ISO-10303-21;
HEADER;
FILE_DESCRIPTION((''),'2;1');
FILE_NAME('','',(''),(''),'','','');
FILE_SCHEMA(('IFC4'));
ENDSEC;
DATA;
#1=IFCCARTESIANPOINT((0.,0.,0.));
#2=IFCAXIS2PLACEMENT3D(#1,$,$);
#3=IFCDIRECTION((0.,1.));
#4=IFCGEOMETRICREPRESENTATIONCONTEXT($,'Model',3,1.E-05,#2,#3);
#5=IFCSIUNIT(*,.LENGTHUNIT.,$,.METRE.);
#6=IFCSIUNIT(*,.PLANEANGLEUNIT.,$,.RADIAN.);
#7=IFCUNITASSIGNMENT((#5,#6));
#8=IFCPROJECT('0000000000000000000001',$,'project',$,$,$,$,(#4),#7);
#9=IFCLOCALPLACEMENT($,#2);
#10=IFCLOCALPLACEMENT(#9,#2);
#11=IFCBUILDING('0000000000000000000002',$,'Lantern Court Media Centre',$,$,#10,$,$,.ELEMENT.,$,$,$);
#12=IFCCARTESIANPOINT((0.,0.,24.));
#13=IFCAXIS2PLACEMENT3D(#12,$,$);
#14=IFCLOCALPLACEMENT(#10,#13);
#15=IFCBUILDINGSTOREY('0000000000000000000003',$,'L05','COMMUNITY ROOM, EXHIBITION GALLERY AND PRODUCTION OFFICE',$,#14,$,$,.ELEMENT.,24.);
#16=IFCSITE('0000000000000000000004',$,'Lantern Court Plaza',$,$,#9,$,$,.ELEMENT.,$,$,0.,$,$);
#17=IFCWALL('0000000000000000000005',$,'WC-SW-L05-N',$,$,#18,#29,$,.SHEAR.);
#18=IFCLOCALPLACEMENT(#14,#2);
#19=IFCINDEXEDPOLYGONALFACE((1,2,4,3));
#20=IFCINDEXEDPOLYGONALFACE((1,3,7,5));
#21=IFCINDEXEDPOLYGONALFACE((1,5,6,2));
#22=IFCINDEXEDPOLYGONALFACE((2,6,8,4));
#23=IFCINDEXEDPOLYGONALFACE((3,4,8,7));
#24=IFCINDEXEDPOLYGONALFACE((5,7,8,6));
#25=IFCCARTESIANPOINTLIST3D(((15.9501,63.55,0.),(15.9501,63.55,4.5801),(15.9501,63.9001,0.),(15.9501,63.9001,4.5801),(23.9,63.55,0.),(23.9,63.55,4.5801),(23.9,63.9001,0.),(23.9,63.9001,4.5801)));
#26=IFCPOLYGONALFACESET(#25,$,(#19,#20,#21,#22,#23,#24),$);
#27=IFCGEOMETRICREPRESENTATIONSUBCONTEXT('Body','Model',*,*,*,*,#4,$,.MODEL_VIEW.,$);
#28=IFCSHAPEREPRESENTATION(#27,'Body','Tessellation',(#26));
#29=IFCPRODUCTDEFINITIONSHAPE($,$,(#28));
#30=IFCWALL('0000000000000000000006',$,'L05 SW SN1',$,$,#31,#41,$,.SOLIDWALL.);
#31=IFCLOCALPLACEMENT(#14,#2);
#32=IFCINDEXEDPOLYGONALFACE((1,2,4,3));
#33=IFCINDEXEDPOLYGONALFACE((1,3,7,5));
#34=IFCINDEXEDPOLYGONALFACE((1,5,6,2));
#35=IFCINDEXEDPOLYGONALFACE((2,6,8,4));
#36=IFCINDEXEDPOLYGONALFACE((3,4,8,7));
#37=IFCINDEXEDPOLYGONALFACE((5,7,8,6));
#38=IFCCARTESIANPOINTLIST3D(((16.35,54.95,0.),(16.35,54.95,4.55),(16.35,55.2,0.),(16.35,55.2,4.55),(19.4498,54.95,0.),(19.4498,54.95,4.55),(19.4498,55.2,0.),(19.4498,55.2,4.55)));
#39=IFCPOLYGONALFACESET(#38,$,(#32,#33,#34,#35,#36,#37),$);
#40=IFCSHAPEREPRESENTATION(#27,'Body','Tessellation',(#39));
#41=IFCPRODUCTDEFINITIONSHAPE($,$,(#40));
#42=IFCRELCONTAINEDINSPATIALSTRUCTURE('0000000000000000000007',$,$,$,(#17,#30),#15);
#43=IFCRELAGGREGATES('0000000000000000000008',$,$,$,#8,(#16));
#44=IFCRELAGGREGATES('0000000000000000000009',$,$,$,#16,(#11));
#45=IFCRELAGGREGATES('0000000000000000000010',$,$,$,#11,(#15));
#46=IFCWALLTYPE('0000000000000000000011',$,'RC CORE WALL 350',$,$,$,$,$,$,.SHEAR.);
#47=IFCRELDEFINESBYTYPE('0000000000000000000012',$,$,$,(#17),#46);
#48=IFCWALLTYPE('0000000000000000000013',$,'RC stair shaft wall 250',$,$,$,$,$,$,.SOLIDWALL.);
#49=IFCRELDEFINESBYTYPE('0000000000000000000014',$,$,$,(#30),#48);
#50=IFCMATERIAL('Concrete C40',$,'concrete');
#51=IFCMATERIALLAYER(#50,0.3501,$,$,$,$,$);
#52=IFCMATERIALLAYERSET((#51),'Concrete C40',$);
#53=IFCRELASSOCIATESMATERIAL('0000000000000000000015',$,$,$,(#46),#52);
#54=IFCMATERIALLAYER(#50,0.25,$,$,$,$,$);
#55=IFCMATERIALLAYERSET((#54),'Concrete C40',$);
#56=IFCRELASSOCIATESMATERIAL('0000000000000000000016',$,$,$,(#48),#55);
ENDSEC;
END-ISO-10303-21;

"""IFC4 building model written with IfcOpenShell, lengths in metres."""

from ifc_helpers import new_model, si_unit, direction, frame, frame_2d, origin, place, context, subcontext, project, spatial, rectangle, extrude, material, layer, layer_set, type_object, element, save


model = new_model("IFC4")

# Units and contexts
model_context = context("Model", 3, precision=1e-05, world=origin(), true_north=direction((0.0, 1.0)))
body_context = subcontext(model_context, "Body", "Model", "MODEL_VIEW")
ifc_project = project(units=[si_unit("LENGTHUNIT", "METRE"), si_unit("PLANEANGLEUNIT", "RADIAN")], contexts=[model_context])

# Site, building, storey
site_placement = place(None, origin())
site = spatial("IfcSite", under=ifc_project, at=site_placement, Name="Lantern Court Plaza", CompositionType="ELEMENT", RefElevation=0.0)
building_placement = place(site_placement, origin())
building = spatial("IfcBuilding", under=site, at=building_placement, Name="Lantern Court Media Centre", CompositionType="ELEMENT")
storey_placement = place(building_placement, frame((0.0, 0.0, 24.0)))
storey = spatial("IfcBuildingStorey", under=building, at=storey_placement, Name="L05", Description="COMMUNITY ROOM, EXHIBITION GALLERY AND PRODUCTION OFFICE", CompositionType="ELEMENT", Elevation=24.0)

# Walls
ifc_material_1 = material(Name="Concrete C40", Category="concrete")
ifc_layer_1 = layer(ifc_material_1, 0.3501)
ifc_layer_set_1 = layer_set([ifc_layer_1], Name="Concrete C40")
wall_type_1 = type_object("IfcWallType", Name="RC CORE WALL 350", PredefinedType="SHEAR", material=ifc_layer_set_1)
wall_1_placement = place(storey_placement, frame((15.95, 63.7251, 0.0), z_axis=(0.0, 0.0, 1.0), x_axis=(1.0, 0.0, 0.0)))
element("IfcWall", 1, at=wall_1_placement, inside=storey, type_object=wall_type_1, Name="WC-SW-L05-N", PredefinedType="SHEAR", context=body_context, shape_type="SweptSolid", body=[
    extrude(rectangle(XDim=7.95, YDim=0.3501, at=frame_2d((3.9751, 0.0))), origin(), (0.0, 0.0, 1.0), 4.5801),
])
ifc_layer_2 = layer(ifc_material_1, 0.25)
ifc_layer_set_2 = layer_set([ifc_layer_2], Name="Concrete C40")
wall_type_2 = type_object("IfcWallType", Name="RC stair shaft wall 250", PredefinedType="SOLIDWALL", material=ifc_layer_set_2)
wall_2_placement = place(storey_placement, frame((16.3501, 55.075, 0.0), z_axis=(0.0, 0.0, 1.0), x_axis=(1.0, 0.0, 0.0)))
element("IfcWall", 2, at=wall_2_placement, inside=storey, type_object=wall_type_2, Name="L05 SW SN1", PredefinedType="SOLIDWALL", context=body_context, shape_type="SweptSolid", body=[
    extrude(rectangle(XDim=3.0999, YDim=0.25, at=frame_2d((1.5498, 0.0))), origin(), (0.0, 0.0, 1.0), 4.55),
])

save(model, "model.ifc")
